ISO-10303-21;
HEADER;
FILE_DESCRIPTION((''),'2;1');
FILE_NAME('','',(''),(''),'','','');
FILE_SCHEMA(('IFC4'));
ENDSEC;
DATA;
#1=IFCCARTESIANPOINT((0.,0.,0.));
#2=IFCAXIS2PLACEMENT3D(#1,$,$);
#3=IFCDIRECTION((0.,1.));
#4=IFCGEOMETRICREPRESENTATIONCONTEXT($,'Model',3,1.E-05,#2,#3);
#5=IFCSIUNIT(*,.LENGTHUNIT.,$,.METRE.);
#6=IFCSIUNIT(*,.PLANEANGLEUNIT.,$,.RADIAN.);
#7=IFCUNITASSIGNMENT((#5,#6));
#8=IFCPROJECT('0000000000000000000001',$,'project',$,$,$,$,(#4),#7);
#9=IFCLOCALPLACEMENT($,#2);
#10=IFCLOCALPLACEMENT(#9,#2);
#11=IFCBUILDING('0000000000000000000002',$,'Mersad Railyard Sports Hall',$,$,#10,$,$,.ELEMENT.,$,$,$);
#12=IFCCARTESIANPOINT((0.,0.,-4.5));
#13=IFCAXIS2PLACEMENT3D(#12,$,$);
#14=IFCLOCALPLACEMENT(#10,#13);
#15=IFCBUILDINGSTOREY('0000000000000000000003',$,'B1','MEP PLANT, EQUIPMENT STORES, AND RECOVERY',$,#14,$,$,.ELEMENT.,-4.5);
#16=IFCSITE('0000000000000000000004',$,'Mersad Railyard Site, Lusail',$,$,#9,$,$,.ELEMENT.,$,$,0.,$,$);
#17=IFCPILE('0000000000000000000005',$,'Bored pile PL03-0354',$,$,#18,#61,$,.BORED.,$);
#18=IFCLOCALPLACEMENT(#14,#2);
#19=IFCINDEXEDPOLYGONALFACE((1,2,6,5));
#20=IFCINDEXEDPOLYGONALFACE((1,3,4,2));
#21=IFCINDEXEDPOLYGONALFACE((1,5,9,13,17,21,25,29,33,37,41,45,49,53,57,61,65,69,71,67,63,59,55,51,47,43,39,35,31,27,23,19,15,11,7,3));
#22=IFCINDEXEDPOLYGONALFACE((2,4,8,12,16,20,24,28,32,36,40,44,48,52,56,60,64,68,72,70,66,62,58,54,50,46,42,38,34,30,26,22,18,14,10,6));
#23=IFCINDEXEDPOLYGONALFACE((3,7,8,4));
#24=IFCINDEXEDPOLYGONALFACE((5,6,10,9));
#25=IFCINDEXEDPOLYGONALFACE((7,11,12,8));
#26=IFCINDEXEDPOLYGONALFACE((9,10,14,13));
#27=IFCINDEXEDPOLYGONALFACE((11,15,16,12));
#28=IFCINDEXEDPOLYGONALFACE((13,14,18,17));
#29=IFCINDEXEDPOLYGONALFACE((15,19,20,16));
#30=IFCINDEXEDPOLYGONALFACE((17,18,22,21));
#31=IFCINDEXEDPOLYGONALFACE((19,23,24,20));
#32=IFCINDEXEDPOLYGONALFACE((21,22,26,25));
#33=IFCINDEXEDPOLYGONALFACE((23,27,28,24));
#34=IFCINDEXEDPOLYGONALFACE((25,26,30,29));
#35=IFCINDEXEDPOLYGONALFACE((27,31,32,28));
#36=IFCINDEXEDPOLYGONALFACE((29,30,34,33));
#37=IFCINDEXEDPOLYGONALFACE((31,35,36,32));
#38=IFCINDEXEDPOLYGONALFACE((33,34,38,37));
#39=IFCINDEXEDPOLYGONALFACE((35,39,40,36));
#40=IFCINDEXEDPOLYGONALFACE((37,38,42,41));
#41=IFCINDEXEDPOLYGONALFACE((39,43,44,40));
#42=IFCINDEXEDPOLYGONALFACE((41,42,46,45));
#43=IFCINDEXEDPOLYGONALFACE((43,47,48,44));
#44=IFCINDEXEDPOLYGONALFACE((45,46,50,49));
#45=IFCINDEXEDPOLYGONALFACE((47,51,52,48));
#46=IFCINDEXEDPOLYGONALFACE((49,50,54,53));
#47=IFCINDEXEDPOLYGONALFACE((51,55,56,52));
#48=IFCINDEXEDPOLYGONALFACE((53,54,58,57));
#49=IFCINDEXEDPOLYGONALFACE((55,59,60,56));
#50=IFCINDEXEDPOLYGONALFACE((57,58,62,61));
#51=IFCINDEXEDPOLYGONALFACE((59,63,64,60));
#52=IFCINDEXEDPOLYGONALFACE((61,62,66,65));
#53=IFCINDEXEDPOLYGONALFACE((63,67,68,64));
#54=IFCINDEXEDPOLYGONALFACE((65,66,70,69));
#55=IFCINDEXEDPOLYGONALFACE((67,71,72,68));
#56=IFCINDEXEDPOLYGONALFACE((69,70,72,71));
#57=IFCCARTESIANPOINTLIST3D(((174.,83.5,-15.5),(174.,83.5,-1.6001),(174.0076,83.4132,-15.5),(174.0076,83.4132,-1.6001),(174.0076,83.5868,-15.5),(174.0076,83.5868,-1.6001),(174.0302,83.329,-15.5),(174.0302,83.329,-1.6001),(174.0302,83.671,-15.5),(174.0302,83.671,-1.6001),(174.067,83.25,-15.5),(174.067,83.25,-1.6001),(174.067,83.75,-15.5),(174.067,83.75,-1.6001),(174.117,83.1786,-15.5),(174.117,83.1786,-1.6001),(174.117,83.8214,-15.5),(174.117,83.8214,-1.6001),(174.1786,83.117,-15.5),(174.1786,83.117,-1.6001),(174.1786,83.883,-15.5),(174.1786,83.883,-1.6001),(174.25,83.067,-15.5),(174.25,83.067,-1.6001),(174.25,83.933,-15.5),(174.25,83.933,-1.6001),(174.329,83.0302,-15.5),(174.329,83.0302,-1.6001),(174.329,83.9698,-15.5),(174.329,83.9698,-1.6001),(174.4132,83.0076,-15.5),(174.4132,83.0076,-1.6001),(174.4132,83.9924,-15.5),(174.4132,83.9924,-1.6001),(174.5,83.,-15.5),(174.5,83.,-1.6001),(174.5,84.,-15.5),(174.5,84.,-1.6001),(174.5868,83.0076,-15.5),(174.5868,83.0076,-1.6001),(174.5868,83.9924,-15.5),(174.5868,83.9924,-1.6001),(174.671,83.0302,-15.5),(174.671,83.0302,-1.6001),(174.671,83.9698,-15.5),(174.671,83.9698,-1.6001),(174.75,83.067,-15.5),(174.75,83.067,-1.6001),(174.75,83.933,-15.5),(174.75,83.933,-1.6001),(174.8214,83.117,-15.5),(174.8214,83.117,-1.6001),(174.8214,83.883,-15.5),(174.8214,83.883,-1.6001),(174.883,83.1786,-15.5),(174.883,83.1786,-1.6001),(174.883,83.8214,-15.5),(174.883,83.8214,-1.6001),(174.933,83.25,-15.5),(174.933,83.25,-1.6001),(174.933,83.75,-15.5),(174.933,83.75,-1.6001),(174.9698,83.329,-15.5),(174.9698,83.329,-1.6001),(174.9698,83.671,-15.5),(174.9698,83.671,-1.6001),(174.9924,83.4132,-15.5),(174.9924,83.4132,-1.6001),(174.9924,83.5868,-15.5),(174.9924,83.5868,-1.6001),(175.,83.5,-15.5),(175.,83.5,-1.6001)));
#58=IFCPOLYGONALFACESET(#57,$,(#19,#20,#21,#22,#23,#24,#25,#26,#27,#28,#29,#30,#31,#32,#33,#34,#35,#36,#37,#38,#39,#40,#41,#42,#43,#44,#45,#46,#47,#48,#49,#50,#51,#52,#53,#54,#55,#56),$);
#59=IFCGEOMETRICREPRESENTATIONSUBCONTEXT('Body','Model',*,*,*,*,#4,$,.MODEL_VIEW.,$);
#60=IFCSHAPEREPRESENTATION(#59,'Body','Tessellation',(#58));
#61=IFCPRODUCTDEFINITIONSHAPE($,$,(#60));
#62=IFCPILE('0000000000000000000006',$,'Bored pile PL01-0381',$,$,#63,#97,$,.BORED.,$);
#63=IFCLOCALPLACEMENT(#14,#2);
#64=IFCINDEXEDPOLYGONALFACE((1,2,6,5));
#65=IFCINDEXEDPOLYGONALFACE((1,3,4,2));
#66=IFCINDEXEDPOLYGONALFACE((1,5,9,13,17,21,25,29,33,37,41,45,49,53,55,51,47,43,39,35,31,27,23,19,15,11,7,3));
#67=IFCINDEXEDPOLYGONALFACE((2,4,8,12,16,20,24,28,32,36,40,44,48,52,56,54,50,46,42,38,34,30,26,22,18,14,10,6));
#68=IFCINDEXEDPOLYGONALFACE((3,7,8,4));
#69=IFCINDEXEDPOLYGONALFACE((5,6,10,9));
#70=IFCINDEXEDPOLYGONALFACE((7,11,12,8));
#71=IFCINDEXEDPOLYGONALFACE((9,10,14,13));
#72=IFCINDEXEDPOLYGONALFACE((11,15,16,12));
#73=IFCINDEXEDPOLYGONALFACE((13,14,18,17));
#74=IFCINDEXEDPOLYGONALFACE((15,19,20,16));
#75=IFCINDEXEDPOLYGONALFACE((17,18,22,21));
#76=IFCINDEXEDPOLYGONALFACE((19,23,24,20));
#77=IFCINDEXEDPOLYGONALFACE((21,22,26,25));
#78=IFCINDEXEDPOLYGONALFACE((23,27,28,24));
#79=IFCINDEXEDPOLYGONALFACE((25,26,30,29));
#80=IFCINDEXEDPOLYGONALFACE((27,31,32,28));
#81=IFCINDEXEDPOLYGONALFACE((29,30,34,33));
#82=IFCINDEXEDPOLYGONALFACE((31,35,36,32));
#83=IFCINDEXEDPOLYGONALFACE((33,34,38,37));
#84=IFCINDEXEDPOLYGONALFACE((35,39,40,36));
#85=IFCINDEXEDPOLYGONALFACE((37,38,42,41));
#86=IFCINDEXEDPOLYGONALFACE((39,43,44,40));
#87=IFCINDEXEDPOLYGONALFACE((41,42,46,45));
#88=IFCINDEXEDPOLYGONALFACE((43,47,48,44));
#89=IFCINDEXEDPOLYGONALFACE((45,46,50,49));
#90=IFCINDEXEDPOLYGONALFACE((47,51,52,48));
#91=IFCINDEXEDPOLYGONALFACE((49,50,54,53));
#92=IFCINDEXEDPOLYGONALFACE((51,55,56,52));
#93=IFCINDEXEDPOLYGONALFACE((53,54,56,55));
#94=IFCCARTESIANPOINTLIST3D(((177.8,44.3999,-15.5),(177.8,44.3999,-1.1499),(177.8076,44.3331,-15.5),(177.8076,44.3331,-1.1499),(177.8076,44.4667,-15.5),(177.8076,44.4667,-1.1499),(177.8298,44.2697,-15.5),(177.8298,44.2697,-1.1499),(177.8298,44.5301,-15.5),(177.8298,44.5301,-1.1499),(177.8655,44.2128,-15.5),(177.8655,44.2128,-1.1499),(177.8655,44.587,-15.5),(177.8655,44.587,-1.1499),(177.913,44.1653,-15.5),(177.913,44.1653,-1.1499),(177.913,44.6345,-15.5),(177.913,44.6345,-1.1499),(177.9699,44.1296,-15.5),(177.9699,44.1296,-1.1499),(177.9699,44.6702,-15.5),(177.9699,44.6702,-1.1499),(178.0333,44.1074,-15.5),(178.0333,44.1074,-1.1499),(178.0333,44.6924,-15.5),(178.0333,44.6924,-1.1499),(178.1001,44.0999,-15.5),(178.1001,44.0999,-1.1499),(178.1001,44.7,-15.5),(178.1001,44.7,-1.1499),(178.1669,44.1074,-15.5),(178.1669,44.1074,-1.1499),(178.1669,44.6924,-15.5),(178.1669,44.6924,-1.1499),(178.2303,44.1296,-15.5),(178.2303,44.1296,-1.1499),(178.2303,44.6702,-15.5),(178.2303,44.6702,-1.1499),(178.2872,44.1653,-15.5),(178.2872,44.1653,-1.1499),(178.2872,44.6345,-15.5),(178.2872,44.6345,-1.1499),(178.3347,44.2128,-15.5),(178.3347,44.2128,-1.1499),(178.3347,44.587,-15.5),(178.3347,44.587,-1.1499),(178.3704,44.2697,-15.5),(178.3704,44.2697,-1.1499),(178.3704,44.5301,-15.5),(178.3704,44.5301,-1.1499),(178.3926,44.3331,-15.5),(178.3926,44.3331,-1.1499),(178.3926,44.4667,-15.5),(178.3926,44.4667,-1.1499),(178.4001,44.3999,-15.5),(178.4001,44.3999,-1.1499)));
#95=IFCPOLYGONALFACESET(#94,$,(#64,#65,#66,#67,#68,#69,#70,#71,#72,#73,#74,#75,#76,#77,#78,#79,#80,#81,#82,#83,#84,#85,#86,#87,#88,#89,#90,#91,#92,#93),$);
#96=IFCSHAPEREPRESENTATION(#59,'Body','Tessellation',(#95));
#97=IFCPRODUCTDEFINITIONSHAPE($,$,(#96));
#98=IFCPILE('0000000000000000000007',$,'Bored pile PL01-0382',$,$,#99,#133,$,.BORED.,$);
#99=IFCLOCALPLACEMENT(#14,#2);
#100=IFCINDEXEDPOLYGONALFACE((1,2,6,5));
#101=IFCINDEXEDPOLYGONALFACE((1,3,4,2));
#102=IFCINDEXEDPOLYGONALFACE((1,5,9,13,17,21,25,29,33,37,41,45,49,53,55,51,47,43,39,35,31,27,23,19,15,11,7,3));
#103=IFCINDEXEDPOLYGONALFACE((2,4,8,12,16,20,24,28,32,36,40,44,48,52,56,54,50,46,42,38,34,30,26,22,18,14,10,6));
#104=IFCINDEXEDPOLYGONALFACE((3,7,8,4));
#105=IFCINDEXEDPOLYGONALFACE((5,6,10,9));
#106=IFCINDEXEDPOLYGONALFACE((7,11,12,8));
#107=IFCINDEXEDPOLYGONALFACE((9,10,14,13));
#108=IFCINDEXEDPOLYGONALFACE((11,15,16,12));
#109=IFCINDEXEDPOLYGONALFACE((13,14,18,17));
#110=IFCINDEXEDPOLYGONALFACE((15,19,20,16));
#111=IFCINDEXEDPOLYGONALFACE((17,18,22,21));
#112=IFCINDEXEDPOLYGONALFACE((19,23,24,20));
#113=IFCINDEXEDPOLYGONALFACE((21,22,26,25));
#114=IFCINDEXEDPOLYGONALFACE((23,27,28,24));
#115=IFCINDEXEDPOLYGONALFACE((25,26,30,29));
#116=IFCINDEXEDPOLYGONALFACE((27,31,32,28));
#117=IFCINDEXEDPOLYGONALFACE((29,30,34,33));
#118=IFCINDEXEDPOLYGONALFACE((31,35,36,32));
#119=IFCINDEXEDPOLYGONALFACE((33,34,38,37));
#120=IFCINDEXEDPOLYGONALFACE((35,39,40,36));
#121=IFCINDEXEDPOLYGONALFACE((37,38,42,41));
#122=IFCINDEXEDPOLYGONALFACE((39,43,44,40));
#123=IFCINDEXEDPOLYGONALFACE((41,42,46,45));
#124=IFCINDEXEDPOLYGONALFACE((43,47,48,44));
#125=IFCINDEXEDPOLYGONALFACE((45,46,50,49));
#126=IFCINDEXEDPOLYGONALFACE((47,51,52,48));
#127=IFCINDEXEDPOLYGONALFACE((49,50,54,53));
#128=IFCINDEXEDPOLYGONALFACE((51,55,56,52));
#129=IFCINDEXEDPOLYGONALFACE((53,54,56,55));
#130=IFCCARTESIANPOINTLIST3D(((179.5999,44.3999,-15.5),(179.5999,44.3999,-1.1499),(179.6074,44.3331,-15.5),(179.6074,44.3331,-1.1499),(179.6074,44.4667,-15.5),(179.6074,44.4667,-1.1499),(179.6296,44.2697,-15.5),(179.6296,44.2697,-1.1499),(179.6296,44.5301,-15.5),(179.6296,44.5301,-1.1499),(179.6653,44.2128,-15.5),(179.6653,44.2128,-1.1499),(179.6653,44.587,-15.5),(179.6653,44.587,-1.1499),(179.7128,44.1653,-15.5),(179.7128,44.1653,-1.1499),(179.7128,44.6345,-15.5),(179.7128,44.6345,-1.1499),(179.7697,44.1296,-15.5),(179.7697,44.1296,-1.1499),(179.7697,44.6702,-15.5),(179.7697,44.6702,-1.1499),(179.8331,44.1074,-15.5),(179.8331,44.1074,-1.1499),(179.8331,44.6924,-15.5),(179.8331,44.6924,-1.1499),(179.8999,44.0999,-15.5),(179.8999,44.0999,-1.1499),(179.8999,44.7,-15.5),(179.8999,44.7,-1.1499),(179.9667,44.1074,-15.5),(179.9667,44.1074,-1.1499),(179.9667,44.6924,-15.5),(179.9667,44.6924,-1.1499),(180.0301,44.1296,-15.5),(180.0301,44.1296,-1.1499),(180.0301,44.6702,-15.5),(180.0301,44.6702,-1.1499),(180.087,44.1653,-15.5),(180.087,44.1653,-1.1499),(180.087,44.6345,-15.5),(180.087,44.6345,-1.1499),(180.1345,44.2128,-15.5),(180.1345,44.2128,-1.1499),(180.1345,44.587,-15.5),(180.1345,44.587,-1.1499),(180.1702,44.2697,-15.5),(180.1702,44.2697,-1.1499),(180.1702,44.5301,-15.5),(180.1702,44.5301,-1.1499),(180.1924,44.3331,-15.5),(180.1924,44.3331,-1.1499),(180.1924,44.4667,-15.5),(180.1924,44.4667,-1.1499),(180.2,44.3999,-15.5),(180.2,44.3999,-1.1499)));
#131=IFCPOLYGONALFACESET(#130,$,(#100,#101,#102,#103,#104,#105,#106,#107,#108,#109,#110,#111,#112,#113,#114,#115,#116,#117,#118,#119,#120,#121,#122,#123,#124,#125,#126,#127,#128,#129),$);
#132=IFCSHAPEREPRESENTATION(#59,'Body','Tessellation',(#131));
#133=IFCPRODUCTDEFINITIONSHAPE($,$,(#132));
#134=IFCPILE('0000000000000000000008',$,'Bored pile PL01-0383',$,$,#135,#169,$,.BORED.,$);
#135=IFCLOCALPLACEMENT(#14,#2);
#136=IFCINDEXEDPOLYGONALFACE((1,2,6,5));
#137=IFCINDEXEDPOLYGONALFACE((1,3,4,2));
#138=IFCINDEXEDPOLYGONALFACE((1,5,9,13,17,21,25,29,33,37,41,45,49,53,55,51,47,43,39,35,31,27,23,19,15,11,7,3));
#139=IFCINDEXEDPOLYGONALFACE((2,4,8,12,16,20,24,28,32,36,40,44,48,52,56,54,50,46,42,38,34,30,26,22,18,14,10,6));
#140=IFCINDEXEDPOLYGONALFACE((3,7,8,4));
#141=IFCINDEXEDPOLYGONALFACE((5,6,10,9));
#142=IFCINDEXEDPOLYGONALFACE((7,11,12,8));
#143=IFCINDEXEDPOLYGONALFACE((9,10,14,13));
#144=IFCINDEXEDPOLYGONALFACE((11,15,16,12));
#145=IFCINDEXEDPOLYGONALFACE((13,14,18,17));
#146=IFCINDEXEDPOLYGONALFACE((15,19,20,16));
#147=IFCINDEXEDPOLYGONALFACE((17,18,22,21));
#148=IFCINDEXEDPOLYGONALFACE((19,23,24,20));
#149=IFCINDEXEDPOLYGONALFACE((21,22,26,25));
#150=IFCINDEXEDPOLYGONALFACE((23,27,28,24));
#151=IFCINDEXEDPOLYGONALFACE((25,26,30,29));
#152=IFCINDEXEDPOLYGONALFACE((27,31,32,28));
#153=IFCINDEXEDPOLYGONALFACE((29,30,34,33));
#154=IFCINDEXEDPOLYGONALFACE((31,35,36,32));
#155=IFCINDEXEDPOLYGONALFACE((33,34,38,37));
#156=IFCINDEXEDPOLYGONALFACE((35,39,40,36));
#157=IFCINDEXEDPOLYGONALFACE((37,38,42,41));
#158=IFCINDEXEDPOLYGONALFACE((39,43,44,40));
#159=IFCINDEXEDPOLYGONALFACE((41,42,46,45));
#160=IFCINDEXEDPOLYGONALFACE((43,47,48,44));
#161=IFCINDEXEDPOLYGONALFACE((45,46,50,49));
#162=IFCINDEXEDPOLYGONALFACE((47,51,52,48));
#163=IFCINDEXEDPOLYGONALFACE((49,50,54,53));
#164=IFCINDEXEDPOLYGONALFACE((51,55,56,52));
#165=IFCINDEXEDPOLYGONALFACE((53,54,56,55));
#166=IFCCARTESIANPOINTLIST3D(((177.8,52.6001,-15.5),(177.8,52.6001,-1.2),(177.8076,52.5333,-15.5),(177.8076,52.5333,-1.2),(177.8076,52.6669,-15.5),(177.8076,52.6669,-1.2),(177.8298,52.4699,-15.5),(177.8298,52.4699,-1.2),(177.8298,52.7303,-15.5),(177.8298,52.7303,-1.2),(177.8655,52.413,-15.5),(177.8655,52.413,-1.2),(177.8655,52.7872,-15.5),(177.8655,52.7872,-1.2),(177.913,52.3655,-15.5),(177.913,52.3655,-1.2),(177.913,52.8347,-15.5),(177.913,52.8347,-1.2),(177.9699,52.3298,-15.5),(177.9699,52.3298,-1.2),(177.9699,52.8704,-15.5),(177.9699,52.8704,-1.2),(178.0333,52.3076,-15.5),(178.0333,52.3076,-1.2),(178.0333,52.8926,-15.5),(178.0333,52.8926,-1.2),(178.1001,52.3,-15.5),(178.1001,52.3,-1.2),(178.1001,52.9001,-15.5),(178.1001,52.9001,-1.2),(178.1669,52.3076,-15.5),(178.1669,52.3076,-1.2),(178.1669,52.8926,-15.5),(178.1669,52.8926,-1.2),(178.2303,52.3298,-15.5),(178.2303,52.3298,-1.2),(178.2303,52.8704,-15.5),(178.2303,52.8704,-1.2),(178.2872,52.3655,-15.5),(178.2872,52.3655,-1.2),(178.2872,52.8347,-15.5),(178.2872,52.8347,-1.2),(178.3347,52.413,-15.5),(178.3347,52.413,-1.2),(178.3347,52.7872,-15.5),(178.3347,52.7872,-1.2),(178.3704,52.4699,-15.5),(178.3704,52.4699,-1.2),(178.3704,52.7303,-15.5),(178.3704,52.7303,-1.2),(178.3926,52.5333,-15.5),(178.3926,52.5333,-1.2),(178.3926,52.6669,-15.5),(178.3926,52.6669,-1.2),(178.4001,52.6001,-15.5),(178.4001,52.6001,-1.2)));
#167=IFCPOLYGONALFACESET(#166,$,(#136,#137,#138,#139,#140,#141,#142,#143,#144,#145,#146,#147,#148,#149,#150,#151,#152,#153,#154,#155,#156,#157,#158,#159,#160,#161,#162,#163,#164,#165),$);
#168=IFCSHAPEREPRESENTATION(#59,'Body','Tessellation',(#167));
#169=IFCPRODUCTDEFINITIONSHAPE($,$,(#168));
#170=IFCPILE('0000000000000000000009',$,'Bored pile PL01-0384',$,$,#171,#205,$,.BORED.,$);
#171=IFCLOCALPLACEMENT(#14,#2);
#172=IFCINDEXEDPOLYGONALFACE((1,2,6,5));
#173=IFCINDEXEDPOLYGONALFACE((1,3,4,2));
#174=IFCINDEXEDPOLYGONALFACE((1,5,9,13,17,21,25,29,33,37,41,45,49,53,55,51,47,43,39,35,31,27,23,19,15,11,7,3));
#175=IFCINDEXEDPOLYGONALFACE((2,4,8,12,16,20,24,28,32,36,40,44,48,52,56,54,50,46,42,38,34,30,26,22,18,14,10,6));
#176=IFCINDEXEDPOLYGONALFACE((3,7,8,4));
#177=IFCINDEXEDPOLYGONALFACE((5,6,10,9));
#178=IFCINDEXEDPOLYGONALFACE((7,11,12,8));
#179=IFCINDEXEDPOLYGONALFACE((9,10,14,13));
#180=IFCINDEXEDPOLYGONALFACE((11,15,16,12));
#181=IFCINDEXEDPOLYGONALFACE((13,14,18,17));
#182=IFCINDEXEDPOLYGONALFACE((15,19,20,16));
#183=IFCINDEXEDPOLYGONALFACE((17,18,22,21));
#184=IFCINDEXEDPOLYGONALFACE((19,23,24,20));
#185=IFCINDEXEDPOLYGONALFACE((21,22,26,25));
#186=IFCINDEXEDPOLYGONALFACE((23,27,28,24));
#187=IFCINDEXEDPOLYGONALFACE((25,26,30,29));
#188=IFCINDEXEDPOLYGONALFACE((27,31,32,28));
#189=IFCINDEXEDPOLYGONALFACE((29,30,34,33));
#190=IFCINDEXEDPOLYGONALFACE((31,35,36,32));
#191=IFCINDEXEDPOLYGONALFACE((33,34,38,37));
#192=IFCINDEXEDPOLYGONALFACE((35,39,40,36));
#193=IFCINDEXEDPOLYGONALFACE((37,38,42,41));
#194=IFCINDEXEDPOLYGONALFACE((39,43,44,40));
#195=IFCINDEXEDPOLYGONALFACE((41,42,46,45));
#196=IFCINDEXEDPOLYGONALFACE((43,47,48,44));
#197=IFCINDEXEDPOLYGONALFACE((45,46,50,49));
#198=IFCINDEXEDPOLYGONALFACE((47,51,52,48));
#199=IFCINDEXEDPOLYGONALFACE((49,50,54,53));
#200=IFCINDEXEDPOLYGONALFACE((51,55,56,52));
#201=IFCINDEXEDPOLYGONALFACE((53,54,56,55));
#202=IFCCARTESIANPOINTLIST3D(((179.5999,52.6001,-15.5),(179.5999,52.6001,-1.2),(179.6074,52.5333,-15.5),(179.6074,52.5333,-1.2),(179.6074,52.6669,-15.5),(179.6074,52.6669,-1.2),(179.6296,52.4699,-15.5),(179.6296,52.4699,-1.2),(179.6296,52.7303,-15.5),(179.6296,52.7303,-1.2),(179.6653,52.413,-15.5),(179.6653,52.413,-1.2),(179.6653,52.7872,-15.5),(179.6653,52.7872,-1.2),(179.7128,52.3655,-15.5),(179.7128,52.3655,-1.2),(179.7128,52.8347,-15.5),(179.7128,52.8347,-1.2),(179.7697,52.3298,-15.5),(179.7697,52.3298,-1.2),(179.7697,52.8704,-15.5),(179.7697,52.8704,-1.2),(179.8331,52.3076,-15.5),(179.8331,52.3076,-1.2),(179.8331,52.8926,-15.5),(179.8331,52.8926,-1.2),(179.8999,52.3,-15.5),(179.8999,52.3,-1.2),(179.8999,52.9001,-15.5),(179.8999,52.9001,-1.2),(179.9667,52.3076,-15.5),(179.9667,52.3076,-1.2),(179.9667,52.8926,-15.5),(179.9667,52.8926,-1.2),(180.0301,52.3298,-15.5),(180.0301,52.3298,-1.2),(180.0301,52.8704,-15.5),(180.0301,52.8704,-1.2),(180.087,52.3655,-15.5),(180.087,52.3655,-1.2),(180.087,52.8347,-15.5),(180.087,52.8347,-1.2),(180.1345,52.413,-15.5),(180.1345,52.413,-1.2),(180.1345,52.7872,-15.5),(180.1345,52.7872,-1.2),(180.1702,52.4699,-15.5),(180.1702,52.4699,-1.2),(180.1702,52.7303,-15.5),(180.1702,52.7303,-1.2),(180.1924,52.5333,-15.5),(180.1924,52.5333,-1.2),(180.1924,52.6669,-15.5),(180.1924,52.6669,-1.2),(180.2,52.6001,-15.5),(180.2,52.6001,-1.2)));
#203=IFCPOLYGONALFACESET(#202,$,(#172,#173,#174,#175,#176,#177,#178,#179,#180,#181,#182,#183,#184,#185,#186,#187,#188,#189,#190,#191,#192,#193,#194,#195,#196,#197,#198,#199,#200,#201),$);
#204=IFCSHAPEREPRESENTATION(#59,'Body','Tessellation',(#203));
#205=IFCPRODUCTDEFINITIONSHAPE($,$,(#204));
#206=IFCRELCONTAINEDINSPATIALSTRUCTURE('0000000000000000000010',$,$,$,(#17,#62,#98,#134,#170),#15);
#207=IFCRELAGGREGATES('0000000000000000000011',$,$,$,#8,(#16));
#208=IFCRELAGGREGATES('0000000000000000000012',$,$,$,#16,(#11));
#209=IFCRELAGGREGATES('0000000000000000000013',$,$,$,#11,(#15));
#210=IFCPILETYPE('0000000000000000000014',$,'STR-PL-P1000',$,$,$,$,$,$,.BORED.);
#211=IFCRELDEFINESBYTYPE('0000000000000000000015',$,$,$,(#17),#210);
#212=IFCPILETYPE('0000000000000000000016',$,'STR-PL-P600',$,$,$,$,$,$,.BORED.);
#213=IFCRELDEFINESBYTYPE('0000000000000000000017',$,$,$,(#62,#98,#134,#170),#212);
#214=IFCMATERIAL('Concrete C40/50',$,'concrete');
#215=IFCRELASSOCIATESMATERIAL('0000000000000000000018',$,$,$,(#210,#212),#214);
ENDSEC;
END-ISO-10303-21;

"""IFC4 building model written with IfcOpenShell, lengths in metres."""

from ifc_helpers import new_model, si_unit, direction, frame, origin, origin_2d, place, context, subcontext, project, spatial, circle, extrude, material, material_profile, profile_set, type_object, element, save


model = new_model("IFC4")

# Units and contexts
model_context = context("Model", 3, precision=1e-05, world=origin(), true_north=direction((0.0, 1.0)))
body_context = subcontext(model_context, "Body", "Model", "MODEL_VIEW")
ifc_project = project(units=[si_unit("LENGTHUNIT", "METRE"), si_unit("PLANEANGLEUNIT", "RADIAN")], contexts=[model_context])

# Site, building, storey
site_placement = place(None, origin())
site = spatial("IfcSite", under=ifc_project, at=site_placement, Name="Mersad Railyard Site, Lusail", CompositionType="ELEMENT", RefElevation=0.0)
building_placement = place(site_placement, origin())
building = spatial("IfcBuilding", under=site, at=building_placement, Name="Mersad Railyard Sports Hall", CompositionType="ELEMENT")
storey_placement = place(building_placement, frame((0.0, 0.0, -4.5)))
storey = spatial("IfcBuildingStorey", under=building, at=storey_placement, Name="B1", Description="MEP PLANT, EQUIPMENT STORES, AND RECOVERY", CompositionType="ELEMENT", Elevation=-4.5)

# Shared definitions
ifc_material_1 = material(Name="Concrete C40/50", Category="concrete")

# Piles
ifc_material_profile_1 = material_profile(ifc_material_1, circle(Radius=0.5, at=origin_2d()), Name="BORED PILE D1000")
ifc_profile_set_1 = profile_set([ifc_material_profile_1], Name="Concrete C40/50")
pile_type_1 = type_object("IfcPileType", Name="STR-PL-P1000", PredefinedType="BORED", material=ifc_profile_set_1)
pile_1_placement = place(storey_placement, frame((174.5, 83.5, -1.6001), z_axis=(0.0, 0.0, -1.0), x_axis=(1.0, 0.0, 0.0)))
element("IfcPile", 1, at=pile_1_placement, inside=storey, type_object=pile_type_1, Name="Bored pile PL03-0354", PredefinedType="BORED", context=body_context, shape_type="SweptSolid", body=[
    extrude(circle(Radius=0.5, at=origin_2d()), origin(), (0.0, 0.0, 1.0), 13.8999),
])
ifc_material_profile_2 = material_profile(ifc_material_1, circle(Radius=0.3, at=origin_2d()), Name="BORED PILE D600")
ifc_profile_set_2 = profile_set([ifc_material_profile_2], Name="Concrete C40/50")
pile_type_2 = type_object("IfcPileType", Name="STR-PL-P600", PredefinedType="BORED", material=ifc_profile_set_2)
for number, where, z_axis, x_axis, name in (
    (2, (178.1001, 44.3999, -1.1499), (0.0, 0.0, -1.0), (1.0, 0.0, 0.0), "Bored pile PL01-0381"),
    (3, (179.8999, 44.3999, -1.1499), (0.0, 0.0, -1.0), (1.0, 0.0, 0.0), "Bored pile PL01-0382"),
):
    element("IfcPile", number, at=place(storey_placement, frame(where, z_axis=z_axis, x_axis=x_axis)), inside=storey, type_object=pile_type_2, Name=name, PredefinedType="BORED", context=body_context, shape_type="SweptSolid", body=[
        extrude(circle(Radius=0.3, at=origin_2d()), origin(), (0.0, 0.0, 1.0), 14.3501),
    ])
for number, where, z_axis, x_axis, name in (
    (4, (178.1001, 52.6001, -1.2), (0.0, 0.0, -1.0), (1.0, 0.0, 0.0), "Bored pile PL01-0383"),
    (5, (179.8999, 52.6001, -1.2), (0.0, 0.0, -1.0), (1.0, 0.0, 0.0), "Bored pile PL01-0384"),
):
    element("IfcPile", number, at=place(storey_placement, frame(where, z_axis=z_axis, x_axis=x_axis)), inside=storey, type_object=pile_type_2, Name=name, PredefinedType="BORED", context=body_context, shape_type="SweptSolid", body=[
        extrude(circle(Radius=0.3, at=origin_2d()), origin(), (0.0, 0.0, 1.0), 14.3),
    ])

save(model, "model.ifc")
